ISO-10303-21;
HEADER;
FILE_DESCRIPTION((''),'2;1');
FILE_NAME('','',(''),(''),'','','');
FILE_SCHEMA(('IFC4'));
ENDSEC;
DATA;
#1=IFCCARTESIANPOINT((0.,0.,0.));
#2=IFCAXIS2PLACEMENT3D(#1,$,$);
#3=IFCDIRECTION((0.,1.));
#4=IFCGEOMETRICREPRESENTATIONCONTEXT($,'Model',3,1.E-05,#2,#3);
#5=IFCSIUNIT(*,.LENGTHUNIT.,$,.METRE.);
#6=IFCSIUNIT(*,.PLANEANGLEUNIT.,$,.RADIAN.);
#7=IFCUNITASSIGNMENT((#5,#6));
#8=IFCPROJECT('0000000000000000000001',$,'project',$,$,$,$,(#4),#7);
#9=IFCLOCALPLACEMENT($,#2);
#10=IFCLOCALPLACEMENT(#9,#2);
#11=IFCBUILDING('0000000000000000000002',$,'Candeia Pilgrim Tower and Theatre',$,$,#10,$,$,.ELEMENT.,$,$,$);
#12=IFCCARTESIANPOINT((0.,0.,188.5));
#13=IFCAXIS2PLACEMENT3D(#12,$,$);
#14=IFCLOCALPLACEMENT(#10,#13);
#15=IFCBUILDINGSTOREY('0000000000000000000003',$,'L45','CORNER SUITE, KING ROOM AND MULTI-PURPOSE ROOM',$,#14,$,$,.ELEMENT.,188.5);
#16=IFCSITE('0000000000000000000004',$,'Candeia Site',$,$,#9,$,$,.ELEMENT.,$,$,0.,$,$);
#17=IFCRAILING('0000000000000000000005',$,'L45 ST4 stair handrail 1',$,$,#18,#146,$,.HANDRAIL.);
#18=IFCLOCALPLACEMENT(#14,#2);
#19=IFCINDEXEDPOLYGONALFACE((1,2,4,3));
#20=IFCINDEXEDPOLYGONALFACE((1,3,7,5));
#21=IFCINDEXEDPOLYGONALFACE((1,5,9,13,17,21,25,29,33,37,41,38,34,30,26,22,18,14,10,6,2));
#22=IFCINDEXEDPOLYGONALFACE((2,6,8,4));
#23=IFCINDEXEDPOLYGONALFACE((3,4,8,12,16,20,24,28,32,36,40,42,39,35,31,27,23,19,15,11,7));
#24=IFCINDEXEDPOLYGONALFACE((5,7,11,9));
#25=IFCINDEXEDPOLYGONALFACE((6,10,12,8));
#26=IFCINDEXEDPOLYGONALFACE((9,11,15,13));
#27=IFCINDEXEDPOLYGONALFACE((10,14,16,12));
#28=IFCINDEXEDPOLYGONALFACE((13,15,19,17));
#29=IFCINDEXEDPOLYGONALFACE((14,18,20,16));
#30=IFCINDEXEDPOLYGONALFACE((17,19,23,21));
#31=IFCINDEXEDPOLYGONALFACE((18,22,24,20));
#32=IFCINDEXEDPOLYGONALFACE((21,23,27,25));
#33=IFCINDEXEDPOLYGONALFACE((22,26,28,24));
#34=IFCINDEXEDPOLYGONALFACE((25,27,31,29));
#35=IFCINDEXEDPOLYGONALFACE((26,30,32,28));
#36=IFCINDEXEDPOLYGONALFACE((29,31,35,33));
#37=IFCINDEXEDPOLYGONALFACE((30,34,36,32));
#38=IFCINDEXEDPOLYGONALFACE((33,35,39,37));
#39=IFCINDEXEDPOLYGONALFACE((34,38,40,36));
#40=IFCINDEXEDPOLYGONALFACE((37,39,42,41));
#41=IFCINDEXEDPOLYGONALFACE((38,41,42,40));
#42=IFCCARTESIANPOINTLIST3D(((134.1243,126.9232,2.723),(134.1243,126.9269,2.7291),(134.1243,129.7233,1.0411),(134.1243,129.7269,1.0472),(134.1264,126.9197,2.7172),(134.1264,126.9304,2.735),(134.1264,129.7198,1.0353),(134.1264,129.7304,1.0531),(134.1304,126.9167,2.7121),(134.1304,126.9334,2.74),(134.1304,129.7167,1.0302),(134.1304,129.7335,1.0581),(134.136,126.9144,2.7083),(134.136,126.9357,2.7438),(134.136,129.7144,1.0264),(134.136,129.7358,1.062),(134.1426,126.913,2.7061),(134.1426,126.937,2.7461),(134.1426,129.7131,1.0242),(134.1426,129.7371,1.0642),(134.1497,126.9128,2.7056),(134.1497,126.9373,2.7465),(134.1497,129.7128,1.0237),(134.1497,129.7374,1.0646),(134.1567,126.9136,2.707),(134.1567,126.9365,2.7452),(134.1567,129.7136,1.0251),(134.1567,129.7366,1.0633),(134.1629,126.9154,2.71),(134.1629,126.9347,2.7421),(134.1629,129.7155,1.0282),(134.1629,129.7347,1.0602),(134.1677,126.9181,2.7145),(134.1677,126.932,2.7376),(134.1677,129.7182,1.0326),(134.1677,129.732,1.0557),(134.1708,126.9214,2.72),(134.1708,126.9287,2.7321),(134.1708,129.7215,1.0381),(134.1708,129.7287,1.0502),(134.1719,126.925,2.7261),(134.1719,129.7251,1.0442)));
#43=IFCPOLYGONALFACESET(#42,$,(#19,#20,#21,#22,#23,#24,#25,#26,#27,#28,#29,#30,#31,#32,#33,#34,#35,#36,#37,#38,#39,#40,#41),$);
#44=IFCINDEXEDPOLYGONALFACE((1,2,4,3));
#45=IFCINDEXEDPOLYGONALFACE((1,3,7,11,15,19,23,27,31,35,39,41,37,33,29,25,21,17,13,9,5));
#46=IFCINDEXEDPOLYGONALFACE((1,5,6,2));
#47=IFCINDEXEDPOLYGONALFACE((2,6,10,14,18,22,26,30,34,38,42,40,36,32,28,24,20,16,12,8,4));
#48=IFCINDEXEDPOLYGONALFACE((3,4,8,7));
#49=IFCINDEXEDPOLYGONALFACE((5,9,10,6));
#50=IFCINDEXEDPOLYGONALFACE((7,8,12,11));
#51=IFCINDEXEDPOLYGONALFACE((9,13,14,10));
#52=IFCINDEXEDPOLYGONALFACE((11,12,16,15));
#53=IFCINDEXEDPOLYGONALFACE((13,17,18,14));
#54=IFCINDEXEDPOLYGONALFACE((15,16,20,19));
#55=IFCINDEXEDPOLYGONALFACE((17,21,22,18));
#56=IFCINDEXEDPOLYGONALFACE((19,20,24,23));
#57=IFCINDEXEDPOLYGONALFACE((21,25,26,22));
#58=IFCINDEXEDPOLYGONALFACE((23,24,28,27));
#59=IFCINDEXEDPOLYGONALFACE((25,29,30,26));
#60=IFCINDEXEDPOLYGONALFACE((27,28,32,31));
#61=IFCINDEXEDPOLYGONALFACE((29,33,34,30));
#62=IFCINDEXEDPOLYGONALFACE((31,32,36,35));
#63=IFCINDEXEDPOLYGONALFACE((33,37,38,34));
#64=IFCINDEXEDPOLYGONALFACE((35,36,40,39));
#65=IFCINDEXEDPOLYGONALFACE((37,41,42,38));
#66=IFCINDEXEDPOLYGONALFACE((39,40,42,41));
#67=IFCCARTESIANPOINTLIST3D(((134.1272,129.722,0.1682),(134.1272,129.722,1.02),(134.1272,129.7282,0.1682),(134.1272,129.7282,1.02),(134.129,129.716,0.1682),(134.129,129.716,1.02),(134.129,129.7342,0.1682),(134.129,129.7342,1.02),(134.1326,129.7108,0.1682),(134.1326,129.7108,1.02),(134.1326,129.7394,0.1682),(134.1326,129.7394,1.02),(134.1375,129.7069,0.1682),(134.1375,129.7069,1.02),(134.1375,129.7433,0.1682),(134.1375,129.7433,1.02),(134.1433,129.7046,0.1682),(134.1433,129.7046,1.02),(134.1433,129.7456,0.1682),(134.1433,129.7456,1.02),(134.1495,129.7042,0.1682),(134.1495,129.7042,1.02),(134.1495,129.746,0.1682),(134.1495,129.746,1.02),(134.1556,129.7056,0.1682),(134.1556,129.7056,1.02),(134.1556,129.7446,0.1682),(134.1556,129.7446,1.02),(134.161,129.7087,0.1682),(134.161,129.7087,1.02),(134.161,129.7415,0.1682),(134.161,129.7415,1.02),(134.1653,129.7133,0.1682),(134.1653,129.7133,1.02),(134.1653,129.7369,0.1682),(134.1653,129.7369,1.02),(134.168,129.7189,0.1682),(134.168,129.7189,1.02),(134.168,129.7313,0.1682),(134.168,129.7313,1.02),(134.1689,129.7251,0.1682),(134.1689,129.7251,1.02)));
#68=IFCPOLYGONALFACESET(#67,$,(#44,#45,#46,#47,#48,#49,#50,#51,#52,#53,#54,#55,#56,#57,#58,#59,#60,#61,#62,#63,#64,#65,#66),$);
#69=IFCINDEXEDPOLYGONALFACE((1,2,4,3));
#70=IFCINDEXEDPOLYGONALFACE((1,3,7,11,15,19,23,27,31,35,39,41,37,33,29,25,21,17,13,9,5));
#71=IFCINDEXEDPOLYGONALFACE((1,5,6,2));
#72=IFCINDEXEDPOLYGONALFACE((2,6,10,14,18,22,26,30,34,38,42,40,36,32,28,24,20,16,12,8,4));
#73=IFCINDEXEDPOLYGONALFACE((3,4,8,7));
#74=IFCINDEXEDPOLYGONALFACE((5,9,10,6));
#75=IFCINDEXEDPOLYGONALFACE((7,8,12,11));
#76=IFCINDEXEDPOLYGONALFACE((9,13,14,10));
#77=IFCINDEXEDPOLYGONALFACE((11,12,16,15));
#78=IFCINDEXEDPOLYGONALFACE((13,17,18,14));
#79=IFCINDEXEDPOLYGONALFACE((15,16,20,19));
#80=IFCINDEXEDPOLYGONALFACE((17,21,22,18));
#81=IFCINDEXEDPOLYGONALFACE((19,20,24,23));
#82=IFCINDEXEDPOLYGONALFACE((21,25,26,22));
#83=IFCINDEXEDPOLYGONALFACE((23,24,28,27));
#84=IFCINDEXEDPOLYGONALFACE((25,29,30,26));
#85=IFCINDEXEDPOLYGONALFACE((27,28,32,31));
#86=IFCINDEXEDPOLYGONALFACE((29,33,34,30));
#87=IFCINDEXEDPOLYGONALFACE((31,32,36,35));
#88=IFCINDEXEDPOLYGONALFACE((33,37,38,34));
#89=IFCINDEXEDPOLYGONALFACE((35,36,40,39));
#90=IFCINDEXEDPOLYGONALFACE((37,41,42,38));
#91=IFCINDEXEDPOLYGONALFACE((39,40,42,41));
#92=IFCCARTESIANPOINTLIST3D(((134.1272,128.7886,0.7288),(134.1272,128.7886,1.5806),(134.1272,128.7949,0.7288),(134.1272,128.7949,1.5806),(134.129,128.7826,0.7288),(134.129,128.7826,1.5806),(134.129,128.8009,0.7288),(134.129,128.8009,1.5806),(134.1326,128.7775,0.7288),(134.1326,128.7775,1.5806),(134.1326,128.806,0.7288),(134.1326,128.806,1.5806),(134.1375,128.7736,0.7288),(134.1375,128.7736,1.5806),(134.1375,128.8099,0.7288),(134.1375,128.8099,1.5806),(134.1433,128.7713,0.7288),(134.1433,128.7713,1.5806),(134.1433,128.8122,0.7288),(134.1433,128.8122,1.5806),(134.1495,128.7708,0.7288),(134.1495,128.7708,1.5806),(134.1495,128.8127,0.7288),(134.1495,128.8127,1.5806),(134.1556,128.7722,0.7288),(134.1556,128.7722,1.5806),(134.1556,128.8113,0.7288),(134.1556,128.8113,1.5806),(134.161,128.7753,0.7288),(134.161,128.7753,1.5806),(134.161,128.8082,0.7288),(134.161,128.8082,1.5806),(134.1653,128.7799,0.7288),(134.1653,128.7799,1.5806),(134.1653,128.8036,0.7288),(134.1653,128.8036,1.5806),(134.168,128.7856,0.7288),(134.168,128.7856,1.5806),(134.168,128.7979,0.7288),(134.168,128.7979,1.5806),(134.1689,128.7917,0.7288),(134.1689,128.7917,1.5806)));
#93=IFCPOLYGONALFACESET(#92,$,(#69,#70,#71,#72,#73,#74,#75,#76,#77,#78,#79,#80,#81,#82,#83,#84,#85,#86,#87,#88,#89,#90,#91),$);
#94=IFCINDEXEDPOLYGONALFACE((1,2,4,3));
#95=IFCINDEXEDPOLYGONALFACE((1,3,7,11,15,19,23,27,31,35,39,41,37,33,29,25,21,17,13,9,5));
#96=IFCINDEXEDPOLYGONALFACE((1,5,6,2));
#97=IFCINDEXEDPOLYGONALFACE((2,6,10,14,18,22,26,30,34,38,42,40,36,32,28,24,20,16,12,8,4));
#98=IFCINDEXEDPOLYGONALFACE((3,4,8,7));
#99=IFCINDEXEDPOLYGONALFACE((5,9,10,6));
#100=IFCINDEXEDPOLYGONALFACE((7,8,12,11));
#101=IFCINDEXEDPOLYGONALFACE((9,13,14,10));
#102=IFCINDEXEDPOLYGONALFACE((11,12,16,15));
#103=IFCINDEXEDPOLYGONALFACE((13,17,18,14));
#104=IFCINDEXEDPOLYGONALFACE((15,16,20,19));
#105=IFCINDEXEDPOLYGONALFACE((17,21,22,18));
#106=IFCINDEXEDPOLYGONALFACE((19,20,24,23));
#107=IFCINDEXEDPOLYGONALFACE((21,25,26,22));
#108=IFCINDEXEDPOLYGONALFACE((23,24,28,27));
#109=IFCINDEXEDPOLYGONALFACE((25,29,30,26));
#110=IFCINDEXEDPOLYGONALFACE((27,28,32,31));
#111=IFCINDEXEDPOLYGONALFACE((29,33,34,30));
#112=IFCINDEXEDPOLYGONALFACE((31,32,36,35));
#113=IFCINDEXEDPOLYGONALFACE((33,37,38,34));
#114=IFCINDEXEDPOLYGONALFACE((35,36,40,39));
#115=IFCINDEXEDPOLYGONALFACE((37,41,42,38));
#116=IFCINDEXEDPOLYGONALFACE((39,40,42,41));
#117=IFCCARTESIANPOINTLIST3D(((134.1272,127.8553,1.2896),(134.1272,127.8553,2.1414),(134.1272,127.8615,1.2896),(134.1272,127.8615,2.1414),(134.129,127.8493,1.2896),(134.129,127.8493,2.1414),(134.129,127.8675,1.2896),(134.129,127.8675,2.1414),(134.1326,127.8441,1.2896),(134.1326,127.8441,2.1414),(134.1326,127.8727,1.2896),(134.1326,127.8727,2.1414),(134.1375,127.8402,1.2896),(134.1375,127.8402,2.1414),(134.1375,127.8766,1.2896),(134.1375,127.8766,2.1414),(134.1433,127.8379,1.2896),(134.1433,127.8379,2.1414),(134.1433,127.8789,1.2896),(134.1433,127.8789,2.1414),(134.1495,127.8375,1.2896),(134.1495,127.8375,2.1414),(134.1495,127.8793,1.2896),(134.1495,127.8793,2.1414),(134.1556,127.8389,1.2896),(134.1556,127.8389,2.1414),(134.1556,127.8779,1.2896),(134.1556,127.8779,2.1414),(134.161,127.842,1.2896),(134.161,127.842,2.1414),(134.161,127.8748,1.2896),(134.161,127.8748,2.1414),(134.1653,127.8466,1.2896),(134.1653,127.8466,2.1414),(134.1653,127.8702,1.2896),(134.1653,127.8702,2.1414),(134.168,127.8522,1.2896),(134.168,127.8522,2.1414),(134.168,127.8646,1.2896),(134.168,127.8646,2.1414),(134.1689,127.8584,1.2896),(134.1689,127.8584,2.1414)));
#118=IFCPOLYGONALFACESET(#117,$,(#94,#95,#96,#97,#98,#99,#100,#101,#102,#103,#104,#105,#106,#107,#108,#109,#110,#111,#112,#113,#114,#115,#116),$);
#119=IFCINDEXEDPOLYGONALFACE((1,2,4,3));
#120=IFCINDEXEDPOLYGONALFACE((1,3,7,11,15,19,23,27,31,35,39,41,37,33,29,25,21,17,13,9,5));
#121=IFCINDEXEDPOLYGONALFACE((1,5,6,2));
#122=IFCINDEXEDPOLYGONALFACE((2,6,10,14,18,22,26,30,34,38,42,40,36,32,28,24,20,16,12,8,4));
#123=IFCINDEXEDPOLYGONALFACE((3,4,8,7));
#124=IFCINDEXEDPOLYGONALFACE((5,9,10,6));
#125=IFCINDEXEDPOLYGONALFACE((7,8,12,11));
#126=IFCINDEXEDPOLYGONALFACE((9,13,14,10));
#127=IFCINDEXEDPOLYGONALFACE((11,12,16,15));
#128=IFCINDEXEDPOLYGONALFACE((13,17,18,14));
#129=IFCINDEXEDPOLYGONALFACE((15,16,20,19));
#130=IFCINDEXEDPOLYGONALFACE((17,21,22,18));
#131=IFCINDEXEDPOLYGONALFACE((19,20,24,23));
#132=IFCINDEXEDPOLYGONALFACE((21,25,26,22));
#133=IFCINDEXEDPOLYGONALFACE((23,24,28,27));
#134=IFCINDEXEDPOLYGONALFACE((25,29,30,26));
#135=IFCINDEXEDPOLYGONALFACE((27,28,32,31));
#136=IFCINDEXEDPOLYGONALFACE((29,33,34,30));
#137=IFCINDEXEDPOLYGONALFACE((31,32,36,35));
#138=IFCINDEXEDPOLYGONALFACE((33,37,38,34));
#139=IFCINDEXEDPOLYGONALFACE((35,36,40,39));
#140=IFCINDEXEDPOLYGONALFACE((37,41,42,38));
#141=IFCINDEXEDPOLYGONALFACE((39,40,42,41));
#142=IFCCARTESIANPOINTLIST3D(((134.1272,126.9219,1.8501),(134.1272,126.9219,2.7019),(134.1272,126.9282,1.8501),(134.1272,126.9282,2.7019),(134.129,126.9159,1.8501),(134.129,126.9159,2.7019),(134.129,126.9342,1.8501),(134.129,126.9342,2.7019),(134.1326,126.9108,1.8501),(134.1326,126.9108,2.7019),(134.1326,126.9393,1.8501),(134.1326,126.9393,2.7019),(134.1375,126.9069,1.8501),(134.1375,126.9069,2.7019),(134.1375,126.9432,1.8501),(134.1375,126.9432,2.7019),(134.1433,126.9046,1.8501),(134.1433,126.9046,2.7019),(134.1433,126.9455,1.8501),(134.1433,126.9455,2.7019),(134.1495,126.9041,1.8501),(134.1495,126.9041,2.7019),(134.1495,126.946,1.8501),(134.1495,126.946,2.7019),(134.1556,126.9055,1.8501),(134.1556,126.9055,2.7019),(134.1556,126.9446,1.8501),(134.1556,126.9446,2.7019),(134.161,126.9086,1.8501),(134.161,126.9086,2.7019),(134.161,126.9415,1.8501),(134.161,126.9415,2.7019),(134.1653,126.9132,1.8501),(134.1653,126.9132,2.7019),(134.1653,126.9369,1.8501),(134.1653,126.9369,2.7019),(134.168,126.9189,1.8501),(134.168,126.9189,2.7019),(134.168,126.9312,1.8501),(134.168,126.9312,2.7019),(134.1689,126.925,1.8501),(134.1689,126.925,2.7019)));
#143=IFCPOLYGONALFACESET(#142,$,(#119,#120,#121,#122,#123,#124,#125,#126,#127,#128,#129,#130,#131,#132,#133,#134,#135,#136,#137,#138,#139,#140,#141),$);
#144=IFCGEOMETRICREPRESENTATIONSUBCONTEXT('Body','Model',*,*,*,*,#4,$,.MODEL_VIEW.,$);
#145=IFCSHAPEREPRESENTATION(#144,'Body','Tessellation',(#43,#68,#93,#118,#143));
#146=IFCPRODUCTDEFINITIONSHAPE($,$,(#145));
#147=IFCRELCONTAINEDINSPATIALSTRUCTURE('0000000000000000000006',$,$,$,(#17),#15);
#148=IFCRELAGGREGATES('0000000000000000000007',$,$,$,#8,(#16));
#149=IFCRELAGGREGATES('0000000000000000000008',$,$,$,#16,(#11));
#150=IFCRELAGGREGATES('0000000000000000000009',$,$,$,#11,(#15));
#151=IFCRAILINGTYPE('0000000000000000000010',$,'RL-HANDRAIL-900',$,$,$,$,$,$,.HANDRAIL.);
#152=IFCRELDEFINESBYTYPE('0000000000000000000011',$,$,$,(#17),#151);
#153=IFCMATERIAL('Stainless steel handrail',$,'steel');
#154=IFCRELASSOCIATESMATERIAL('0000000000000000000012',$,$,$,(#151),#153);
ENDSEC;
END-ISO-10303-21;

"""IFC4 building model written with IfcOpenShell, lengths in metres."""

from ifc_helpers import new_model, si_unit, direction, frame, origin, origin_2d, place, context, subcontext, project, spatial, circle, extrude, material, type_object, element, save


model = new_model("IFC4")

# Units and contexts
model_context = context("Model", 3, precision=1e-05, world=origin(), true_north=direction((0.0, 1.0)))
body_context = subcontext(model_context, "Body", "Model", "MODEL_VIEW")
ifc_project = project(units=[si_unit("LENGTHUNIT", "METRE"), si_unit("PLANEANGLEUNIT", "RADIAN")], contexts=[model_context])

# Site, building, storey
site_placement = place(None, origin())
site = spatial("IfcSite", under=ifc_project, at=site_placement, Name="Candeia Site", CompositionType="ELEMENT", RefElevation=0.0)
building_placement = place(site_placement, origin())
building = spatial("IfcBuilding", under=site, at=building_placement, Name="Candeia Pilgrim Tower and Theatre", CompositionType="ELEMENT")
storey_placement = place(building_placement, frame((0.0, 0.0, 188.5)))
storey = spatial("IfcBuildingStorey", under=building, at=storey_placement, Name="L45", Description="CORNER SUITE, KING ROOM AND MULTI-PURPOSE ROOM", CompositionType="ELEMENT", Elevation=188.5)

# Railing
ifc_material_1 = material(Name="Stainless steel handrail", Category="steel")
railing_type_1 = type_object("IfcRailingType", Name="RL-HANDRAIL-900", PredefinedType="HANDRAIL", material=ifc_material_1)
railing_1_placement = place(storey_placement, frame((134.1479, 129.7251, 0.1682)))
element("IfcRailing", 1, at=railing_1_placement, inside=storey, type_object=railing_type_1, Name="L45 ST4 stair handrail 1", PredefinedType="HANDRAIL", context=body_context, shape_type="SweptSolid", body=[
    extrude(circle(Radius=0.0239, at=origin_2d()), frame((0.0, 0.0, 0.876), z_axis=(0.0, -0.857242, 0.514913), x_axis=(1.0, 0.0, 0.0)), (0.0, 0.0, 1.0), 3.2664),
    extrude(circle(Radius=0.021, at=origin_2d()), origin(), (0.0, 0.0, 1.0), 0.8518),
    extrude(circle(Radius=0.021, at=origin_2d()), frame((0.0, -0.9333, 0.5605)), (0.0, 0.0, 1.0), 0.8518),
    extrude(circle(Radius=0.021, at=origin_2d()), frame((0.0, -1.8667, 1.1213)), (0.0, 0.0, 1.0), 0.8518),
    extrude(circle(Radius=0.021, at=origin_2d()), frame((0.0, -2.8, 1.6819)), (0.0, 0.0, 1.0), 0.8518),
])

save(model, "model.ifc")
